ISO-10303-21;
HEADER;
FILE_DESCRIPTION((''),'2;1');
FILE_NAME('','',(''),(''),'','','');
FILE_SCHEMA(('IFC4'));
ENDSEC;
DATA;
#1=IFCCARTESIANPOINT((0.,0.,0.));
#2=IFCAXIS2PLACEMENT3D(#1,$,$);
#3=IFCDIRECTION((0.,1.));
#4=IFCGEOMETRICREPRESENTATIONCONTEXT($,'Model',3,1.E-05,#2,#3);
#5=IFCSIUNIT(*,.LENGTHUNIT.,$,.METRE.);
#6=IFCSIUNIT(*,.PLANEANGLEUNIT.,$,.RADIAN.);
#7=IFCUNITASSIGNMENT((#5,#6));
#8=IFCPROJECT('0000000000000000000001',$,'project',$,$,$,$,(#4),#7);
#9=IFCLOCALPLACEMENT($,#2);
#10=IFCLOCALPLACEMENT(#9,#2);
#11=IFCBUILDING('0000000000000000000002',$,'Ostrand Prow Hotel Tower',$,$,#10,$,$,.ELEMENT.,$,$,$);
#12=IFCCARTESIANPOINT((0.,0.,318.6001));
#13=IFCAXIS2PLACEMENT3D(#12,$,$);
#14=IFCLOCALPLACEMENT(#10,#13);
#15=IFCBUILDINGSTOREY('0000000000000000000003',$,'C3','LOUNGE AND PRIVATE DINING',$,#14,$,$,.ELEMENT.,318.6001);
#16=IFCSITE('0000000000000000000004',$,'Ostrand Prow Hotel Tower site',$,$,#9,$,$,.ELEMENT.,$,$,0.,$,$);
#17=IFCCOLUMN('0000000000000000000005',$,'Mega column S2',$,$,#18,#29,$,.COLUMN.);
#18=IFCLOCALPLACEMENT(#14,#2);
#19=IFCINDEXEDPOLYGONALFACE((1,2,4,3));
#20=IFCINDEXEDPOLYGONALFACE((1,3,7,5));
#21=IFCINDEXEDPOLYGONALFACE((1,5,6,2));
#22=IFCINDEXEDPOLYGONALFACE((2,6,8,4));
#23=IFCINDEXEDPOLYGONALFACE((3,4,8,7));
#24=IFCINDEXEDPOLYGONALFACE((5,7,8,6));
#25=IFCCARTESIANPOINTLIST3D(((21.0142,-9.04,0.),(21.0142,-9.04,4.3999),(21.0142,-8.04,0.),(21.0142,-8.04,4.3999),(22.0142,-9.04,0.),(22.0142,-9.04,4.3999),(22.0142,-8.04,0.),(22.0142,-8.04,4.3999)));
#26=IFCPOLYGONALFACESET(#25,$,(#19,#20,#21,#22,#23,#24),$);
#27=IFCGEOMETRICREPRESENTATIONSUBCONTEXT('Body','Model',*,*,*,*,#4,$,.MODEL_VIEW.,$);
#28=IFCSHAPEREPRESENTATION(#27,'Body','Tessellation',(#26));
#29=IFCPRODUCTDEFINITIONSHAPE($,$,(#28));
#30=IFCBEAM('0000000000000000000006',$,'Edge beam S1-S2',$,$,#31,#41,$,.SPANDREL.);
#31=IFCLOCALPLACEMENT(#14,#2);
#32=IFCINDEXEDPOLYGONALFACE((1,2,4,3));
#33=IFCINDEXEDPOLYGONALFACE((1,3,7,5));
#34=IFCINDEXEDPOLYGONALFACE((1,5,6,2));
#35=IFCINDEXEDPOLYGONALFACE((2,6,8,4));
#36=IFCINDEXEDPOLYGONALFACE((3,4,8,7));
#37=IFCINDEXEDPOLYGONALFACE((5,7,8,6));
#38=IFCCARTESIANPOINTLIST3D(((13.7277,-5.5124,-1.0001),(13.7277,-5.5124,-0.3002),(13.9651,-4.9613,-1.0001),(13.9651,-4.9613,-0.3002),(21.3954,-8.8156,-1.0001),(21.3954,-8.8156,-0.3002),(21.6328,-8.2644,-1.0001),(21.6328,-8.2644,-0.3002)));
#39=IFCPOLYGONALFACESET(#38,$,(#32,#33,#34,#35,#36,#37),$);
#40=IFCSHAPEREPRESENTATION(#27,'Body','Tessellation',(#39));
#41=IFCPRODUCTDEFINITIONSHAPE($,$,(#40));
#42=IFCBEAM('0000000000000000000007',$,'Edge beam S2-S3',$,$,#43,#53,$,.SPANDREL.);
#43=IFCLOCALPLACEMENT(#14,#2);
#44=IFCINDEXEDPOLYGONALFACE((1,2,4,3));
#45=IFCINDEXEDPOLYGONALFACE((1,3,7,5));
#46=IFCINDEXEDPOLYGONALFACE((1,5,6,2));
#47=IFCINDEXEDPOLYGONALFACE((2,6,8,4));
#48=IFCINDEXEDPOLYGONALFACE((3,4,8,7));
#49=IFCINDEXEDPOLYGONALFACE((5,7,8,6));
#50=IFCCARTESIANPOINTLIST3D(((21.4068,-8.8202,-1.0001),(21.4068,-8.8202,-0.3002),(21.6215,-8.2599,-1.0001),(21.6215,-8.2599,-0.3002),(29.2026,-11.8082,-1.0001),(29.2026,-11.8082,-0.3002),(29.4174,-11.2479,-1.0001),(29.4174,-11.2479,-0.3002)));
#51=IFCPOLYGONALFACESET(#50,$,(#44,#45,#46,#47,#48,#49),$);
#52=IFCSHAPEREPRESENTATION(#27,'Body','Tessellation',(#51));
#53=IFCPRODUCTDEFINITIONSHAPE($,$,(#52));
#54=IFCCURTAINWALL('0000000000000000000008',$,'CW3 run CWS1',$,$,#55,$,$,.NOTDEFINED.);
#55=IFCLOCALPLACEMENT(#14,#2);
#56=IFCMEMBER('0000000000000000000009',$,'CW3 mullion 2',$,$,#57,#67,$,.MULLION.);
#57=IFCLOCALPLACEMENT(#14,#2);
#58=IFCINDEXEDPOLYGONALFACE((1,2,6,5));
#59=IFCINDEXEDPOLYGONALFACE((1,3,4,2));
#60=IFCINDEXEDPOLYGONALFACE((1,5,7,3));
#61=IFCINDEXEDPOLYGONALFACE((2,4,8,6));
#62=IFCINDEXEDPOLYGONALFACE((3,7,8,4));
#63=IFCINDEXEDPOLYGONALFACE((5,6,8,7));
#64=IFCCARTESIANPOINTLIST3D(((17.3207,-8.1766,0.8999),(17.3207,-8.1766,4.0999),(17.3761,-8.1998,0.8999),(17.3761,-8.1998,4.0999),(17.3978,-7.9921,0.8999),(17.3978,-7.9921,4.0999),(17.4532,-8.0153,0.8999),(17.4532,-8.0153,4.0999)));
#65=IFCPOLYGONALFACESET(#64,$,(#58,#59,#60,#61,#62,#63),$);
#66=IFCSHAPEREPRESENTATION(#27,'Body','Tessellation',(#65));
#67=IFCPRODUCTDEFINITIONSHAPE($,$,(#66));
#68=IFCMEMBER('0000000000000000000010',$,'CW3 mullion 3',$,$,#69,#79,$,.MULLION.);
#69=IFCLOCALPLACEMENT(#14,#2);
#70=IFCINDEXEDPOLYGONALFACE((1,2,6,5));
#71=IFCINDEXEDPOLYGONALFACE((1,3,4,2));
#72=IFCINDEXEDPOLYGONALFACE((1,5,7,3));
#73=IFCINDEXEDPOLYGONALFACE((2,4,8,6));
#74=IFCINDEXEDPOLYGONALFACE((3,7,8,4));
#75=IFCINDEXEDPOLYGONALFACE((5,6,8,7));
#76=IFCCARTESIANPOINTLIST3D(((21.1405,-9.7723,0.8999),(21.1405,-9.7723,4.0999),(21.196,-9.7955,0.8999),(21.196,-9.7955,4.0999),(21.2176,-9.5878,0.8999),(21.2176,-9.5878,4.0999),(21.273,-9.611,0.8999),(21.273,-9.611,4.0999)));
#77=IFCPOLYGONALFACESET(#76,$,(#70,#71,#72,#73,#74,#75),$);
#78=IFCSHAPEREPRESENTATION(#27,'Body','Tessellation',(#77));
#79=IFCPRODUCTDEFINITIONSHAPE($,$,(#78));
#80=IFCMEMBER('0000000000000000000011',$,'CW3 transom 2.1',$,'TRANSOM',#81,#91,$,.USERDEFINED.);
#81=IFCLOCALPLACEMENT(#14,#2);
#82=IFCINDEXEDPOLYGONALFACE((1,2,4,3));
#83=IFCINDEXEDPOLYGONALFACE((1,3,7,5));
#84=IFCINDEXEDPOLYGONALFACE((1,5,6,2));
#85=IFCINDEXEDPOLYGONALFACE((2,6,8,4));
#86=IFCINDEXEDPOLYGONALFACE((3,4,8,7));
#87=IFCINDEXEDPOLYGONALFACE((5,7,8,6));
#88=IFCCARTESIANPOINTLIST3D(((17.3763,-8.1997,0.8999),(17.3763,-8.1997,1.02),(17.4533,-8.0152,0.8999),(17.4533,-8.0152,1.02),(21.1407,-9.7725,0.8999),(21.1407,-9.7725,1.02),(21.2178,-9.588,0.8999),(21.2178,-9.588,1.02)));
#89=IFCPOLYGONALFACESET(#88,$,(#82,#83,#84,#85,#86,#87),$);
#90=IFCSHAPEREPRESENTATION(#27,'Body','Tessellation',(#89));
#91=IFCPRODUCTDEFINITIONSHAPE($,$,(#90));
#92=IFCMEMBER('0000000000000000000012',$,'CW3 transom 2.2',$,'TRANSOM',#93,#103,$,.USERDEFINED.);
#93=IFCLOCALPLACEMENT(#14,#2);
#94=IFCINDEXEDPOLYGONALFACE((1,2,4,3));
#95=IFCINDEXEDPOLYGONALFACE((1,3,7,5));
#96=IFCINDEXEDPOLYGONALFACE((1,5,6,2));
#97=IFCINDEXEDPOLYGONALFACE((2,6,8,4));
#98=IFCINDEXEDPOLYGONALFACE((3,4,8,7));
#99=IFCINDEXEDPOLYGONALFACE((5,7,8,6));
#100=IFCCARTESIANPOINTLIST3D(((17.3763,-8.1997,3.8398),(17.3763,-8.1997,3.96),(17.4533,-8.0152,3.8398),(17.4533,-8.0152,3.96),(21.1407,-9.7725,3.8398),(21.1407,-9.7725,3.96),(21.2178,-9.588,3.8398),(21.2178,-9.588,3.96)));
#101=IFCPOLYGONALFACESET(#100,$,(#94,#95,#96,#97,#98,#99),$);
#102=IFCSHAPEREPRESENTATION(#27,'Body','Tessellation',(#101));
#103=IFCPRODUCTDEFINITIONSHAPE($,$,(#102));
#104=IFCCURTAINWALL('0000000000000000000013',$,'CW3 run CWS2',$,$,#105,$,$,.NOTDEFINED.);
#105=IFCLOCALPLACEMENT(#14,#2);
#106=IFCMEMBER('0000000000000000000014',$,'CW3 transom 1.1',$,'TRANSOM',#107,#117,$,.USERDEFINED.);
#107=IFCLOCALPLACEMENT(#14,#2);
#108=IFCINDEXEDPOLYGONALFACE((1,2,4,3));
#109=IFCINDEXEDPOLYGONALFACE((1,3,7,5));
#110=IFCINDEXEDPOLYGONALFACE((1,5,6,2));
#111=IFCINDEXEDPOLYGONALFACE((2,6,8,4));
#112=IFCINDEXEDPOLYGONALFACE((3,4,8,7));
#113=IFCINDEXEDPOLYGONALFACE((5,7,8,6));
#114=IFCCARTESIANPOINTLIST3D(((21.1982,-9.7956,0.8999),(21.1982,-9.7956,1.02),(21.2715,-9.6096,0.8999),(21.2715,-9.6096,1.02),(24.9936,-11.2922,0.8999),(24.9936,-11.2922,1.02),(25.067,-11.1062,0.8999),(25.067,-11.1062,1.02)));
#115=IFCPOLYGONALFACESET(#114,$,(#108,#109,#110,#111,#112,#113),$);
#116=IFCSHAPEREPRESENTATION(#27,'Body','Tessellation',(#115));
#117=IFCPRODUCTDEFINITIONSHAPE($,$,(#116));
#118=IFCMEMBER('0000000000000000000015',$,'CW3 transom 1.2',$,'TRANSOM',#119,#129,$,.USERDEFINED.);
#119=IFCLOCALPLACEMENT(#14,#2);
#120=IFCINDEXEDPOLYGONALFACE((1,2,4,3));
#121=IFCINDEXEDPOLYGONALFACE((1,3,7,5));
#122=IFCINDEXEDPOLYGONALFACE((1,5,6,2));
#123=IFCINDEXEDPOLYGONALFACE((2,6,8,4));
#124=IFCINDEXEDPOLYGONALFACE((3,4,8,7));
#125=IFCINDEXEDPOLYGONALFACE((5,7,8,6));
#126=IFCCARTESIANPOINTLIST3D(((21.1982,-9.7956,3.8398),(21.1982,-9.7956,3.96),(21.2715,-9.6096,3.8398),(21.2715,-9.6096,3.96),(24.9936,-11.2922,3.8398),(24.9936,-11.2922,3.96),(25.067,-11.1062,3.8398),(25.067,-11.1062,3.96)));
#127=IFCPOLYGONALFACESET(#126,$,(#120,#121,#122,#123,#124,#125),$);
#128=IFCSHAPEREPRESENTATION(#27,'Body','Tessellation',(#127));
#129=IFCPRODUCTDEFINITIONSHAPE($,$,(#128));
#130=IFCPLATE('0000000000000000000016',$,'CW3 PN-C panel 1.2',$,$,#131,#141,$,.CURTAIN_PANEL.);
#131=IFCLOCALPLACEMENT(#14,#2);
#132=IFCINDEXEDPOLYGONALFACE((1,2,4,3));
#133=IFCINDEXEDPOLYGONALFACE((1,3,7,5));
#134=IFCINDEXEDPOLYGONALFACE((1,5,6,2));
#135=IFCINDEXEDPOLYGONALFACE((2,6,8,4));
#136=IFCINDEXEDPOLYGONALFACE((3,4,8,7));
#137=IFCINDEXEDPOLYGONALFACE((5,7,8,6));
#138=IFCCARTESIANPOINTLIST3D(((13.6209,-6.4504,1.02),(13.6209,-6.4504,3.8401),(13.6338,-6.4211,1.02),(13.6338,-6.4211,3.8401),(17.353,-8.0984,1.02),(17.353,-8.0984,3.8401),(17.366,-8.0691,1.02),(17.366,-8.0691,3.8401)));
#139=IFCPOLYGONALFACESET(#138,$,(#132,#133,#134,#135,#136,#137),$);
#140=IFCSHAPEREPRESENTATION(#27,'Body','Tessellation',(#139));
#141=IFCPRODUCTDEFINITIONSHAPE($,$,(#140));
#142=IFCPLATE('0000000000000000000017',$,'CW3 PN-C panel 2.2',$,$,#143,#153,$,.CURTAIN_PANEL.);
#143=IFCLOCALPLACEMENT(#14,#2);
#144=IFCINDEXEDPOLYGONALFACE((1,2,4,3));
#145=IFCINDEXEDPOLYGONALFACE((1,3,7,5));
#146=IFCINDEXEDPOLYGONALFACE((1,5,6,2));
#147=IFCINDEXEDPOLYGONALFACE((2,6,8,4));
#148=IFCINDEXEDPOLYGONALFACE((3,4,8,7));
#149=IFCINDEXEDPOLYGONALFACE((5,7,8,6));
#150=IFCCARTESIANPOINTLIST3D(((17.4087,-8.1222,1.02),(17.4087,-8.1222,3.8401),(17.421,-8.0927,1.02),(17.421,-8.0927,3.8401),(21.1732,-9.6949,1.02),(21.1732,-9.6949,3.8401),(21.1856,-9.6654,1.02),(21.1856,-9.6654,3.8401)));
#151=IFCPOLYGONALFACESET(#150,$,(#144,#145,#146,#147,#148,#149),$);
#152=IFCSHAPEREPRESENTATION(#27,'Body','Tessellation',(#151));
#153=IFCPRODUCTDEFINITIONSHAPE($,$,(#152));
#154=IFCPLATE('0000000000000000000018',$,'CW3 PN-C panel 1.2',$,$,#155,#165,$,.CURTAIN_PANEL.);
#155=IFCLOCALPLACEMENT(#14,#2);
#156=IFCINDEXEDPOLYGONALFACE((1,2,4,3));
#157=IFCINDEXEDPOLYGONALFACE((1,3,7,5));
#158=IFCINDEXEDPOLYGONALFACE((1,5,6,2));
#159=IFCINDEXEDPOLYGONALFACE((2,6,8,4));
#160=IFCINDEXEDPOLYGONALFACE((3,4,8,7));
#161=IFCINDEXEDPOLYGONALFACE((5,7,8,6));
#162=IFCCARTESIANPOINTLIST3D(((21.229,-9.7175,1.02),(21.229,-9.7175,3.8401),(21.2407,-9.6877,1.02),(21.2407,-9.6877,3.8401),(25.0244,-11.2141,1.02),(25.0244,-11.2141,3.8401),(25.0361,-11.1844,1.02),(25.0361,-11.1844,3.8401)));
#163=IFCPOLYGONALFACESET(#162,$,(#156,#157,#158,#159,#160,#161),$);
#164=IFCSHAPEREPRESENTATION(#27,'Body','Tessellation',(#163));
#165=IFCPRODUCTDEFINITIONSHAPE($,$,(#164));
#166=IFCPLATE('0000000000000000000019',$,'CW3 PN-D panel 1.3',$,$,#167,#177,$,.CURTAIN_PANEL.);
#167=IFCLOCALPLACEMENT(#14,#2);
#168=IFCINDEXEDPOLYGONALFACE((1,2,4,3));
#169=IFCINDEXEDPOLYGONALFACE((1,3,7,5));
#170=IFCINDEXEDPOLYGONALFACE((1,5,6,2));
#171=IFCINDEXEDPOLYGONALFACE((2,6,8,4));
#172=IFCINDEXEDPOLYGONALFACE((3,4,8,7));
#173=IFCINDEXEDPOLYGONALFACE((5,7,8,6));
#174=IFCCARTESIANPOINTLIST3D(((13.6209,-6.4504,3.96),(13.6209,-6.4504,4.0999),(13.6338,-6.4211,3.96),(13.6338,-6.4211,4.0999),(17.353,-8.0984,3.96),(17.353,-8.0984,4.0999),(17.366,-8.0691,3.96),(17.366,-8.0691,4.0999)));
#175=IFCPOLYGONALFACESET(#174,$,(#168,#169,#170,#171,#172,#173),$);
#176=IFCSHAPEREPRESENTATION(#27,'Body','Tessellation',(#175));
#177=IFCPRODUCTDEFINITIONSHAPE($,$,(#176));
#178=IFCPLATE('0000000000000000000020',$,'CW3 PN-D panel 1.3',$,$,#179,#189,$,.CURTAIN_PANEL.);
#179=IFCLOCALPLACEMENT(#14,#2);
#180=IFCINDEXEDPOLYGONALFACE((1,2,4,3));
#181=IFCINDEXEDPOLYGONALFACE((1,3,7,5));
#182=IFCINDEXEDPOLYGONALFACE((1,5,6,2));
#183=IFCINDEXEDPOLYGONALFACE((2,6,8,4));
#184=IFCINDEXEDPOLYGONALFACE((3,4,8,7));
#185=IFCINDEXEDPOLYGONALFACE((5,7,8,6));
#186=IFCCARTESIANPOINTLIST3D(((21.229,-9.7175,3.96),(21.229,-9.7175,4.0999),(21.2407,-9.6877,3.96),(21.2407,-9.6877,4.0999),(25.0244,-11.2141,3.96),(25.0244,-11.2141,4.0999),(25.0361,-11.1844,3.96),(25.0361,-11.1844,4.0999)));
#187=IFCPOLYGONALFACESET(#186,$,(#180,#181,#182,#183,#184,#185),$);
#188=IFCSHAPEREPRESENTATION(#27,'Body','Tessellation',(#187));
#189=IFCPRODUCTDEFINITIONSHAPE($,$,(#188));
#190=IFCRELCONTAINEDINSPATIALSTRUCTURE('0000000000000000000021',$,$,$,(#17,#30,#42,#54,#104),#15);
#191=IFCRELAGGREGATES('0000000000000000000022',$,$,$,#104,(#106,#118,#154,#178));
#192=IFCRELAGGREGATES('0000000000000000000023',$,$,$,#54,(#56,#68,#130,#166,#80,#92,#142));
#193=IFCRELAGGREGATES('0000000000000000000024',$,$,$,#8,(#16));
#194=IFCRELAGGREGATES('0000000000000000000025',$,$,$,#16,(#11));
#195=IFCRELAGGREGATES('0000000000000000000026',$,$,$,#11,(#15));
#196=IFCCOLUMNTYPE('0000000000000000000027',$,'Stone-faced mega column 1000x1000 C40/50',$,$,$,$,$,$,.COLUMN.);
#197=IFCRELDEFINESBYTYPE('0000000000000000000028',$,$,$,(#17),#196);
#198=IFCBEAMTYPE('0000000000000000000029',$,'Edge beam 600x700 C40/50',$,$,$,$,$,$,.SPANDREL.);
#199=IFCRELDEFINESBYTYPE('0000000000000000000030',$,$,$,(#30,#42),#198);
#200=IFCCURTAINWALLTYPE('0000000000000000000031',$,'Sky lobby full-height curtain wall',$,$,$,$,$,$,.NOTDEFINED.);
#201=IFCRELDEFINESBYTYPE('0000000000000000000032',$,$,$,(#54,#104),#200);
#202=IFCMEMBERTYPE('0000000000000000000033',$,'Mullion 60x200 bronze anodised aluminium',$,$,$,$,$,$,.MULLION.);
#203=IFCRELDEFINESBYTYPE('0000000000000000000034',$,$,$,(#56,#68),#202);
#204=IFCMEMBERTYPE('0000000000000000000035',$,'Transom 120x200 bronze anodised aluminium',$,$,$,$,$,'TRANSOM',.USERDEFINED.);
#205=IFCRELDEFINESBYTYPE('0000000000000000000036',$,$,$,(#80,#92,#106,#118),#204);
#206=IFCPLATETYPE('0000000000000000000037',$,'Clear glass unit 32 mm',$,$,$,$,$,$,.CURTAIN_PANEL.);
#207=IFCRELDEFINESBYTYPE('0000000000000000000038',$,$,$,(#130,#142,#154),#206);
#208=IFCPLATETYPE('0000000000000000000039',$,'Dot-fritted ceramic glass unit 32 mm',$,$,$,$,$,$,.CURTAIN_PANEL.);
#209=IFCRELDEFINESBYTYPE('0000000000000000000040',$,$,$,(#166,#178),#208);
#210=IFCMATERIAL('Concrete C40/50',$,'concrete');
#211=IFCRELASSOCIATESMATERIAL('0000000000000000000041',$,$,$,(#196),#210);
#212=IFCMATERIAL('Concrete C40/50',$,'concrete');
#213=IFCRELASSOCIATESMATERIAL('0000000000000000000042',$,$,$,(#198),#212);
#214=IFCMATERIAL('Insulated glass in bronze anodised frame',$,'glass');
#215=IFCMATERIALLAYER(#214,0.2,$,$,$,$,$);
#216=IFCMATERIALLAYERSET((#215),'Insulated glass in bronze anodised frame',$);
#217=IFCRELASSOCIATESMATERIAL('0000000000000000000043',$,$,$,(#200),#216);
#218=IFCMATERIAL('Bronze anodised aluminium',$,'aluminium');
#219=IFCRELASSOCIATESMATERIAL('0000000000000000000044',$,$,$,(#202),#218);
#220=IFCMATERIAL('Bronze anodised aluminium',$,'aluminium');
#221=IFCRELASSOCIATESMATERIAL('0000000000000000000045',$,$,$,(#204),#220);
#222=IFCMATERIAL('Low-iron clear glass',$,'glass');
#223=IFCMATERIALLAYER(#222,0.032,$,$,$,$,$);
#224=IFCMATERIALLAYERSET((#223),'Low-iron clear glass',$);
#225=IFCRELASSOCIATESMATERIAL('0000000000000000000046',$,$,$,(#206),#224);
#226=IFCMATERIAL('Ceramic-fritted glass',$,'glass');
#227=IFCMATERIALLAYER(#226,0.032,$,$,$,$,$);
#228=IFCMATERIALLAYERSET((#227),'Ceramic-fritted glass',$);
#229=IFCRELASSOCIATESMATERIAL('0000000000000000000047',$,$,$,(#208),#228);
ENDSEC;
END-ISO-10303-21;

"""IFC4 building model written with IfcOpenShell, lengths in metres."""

from ifc_helpers import new_model, si_unit, direction, frame, origin, origin_2d, place, context, subcontext, project, spatial, rectangle, extrude, material, layer, layer_set, material_profile, profile_set, type_object, element, aggregate, save


model = new_model("IFC4")

# Units and contexts
model_context = context("Model", 3, precision=1e-05, world=origin(), true_north=direction((0.0, 1.0)))
body_context = subcontext(model_context, "Body", "Model", "MODEL_VIEW")
ifc_project = project(units=[si_unit("LENGTHUNIT", "METRE"), si_unit("PLANEANGLEUNIT", "RADIAN")], contexts=[model_context])

# Site, building, storey
site_placement = place(None, origin())
site = spatial("IfcSite", under=ifc_project, at=site_placement, Name="Ostrand Prow Hotel Tower site", CompositionType="ELEMENT", RefElevation=0.0)
building_placement = place(site_placement, origin())
building = spatial("IfcBuilding", under=site, at=building_placement, Name="Ostrand Prow Hotel Tower", CompositionType="ELEMENT")
storey_placement = place(building_placement, frame((0.0, 0.0, 318.6001)))
storey = spatial("IfcBuildingStorey", under=building, at=storey_placement, Name="C3", Description="LOUNGE AND PRIVATE DINING", CompositionType="ELEMENT", Elevation=318.6001)

# Column
ifc_material_1 = material(Name="Concrete C40/50", Category="concrete")
ifc_material_profile_1 = material_profile(ifc_material_1, rectangle(XDim=1.0, YDim=1.0, at=origin_2d()), Name="RC 1000x1000")
ifc_profile_set_1 = profile_set([ifc_material_profile_1], Name="Concrete C40/50")
column_type = type_object("IfcColumnType", Name="Stone-faced mega column 1000x1000 C40/50", PredefinedType="COLUMN", material=ifc_profile_set_1)
column_placement = place(storey_placement, frame((21.5142, -8.54, 0.0), z_axis=(0.0, 0.0, 1.0), x_axis=(1.0, 0.0, 0.0)))
element("IfcColumn", 1, at=column_placement, inside=storey, type_object=column_type, Name="Mega column S2", PredefinedType="COLUMN", context=body_context, shape_type="SweptSolid", body=[
    extrude(rectangle(XDim=1.0, YDim=1.0, at=origin_2d()), origin(), (0.0, 0.0, 1.0), 4.3999),
])

# Beams
ifc_material_2 = material(Name="Concrete C40/50", Category="concrete")
ifc_material_profile_2 = material_profile(ifc_material_2, rectangle(XDim=0.6001, YDim=0.7, at=origin_2d()), Name="RC 600x700")
ifc_profile_set_2 = profile_set([ifc_material_profile_2], Name="Concrete C40/50")
beam_type = type_object("IfcBeamType", Name="Edge beam 600x700 C40/50", PredefinedType="SPANDREL", material=ifc_profile_set_2)
for number, where, z_axis, x_axis, name in (
    (2, (13.8464, -5.2368, -0.6501), (0.918404, -0.395644, 0.0), (0.395644, 0.918404, 0.0), "Edge beam S1-S2"),
    (3, (21.5142, -8.54, -0.6501), (0.933762, -0.357895, 0.0), (0.357895, 0.933762, 0.0), "Edge beam S2-S3"),
):
    element("IfcBeam", number, at=place(storey_placement, frame(where, z_axis=z_axis, x_axis=x_axis)), inside=storey, type_object=beam_type, Name=name, PredefinedType="SPANDREL", context=body_context, shape_type="SweptSolid", body=[
        extrude(rectangle(XDim=0.6001, YDim=0.7, at=origin_2d()), origin(), (0.0, 0.0, 1.0), 8.3489),
    ])

# Curtain walls, members
ifc_material_3 = material(Name="Insulated glass in bronze anodised frame", Category="glass")
ifc_layer_1 = layer(ifc_material_3, 0.2)
ifc_layer_set_1 = layer_set([ifc_layer_1], Name="Insulated glass in bronze anodised frame")
curtain_wall_type = type_object("IfcCurtainWallType", Name="Sky lobby full-height curtain wall", PredefinedType="NOTDEFINED", material=ifc_layer_set_1)
curtain_wall_1_placement = place(storey_placement, origin())
curtain_wall_1 = element("IfcCurtainWall", 4, at=curtain_wall_1_placement, inside=storey, type_object=curtain_wall_type, Name="CW3 run CWS1", PredefinedType="NOTDEFINED")
ifc_material_4 = material(Name="Bronze anodised aluminium", Category="aluminium")
ifc_material_profile_3 = material_profile(ifc_material_4, rectangle(XDim=0.2, YDim=0.0601, at=origin_2d()), Name="Mullion 60x200 bronze anodised aluminium")
ifc_profile_set_3 = profile_set([ifc_material_profile_3], Name="Bronze anodised aluminium")
member_type_1 = type_object("IfcMemberType", Name="Mullion 60x200 bronze anodised aluminium", PredefinedType="MULLION", material=ifc_profile_set_3)
member_1_placement = place(storey_placement, frame((17.387, -8.0959, 0.8999), z_axis=(0.0, 0.0, 1.0), x_axis=(0.385471, 0.92272, 0.0)))
member_1 = element("IfcMember", 5, at=member_1_placement, type_object=member_type_1, Name="CW3 mullion 2", PredefinedType="MULLION", context=body_context, shape_type="SweptSolid", body=[
    extrude(rectangle(XDim=0.2, YDim=0.0601, at=origin_2d()), origin(), (0.0, 0.0, 1.0), 3.2),
])
member_2_placement = place(storey_placement, frame((21.2068, -9.6917, 0.8999), z_axis=(0.0, 0.0, 1.0), x_axis=(0.385471, 0.92272, 0.0)))
member_2 = element("IfcMember", 6, at=member_2_placement, type_object=member_type_1, Name="CW3 mullion 3", PredefinedType="MULLION", context=body_context, shape_type="SweptSolid", body=[
    extrude(rectangle(XDim=0.2, YDim=0.0601, at=origin_2d()), origin(), (0.0, 0.0, 1.0), 3.2),
])
ifc_material_5 = material(Name="Bronze anodised aluminium", Category="aluminium")
ifc_material_profile_4 = material_profile(ifc_material_5, rectangle(XDim=0.2, YDim=0.1201, at=origin_2d()), Name="Transom 120x200 bronze anodised aluminium")
ifc_profile_set_4 = profile_set([ifc_material_profile_4], Name="Bronze anodised aluminium")
member_type_2 = type_object("IfcMemberType", Name="Transom 120x200 bronze anodised aluminium", ElementType="TRANSOM", PredefinedType="USERDEFINED", material=ifc_profile_set_4)
member_3_placement = place(storey_placement, frame((17.4148, -8.1074, 0.96), z_axis=(0.922706, -0.385503, 0.0), x_axis=(0.385503, 0.922706, 0.0)))
member_3 = element("IfcMember", 7, at=member_3_placement, type_object=member_type_2, Name="CW3 transom 2.1", ObjectType="TRANSOM", PredefinedType="USERDEFINED", context=body_context, shape_type="SweptSolid", body=[
    extrude(rectangle(XDim=0.2, YDim=0.1201, at=origin_2d()), origin(), (0.0, 0.0, 1.0), 4.0798),
])
member_4_placement = place(storey_placement, frame((17.4148, -8.1074, 3.8999), z_axis=(0.922706, -0.385503, 0.0), x_axis=(0.385503, 0.922706, 0.0)))
member_4 = element("IfcMember", 8, at=member_4_placement, type_object=member_type_2, Name="CW3 transom 2.2", ObjectType="TRANSOM", PredefinedType="USERDEFINED", context=body_context, shape_type="SweptSolid", body=[
    extrude(rectangle(XDim=0.2, YDim=0.1201, at=origin_2d()), origin(), (0.0, 0.0, 1.0), 4.0798),
])
curtain_wall_2_placement = place(storey_placement, origin())
curtain_wall_2 = element("IfcCurtainWall", 9, at=curtain_wall_2_placement, inside=storey, type_object=curtain_wall_type, Name="CW3 run CWS2", PredefinedType="NOTDEFINED")
member_5_placement = place(storey_placement, frame((21.2349, -9.7026, 0.96), z_axis=(0.93029, -0.366826, 0.0), x_axis=(0.366826, 0.93029, 0.0)))
member_5 = element("IfcMember", 10, at=member_5_placement, type_object=member_type_2, Name="CW3 transom 1.1", ObjectType="TRANSOM", PredefinedType="USERDEFINED", context=body_context, shape_type="SweptSolid", body=[
    extrude(rectangle(XDim=0.2, YDim=0.1201, at=origin_2d()), origin(), (0.0, 0.0, 1.0), 4.0798),
])
member_6_placement = place(storey_placement, frame((21.2349, -9.7026, 3.8999), z_axis=(0.93029, -0.366826, 0.0), x_axis=(0.366826, 0.93029, 0.0)))
member_6 = element("IfcMember", 11, at=member_6_placement, type_object=member_type_2, Name="CW3 transom 1.2", ObjectType="TRANSOM", PredefinedType="USERDEFINED", context=body_context, shape_type="SweptSolid", body=[
    extrude(rectangle(XDim=0.2, YDim=0.1201, at=origin_2d()), origin(), (0.0, 0.0, 1.0), 4.0798),
])

# Plates
ifc_material_6 = material(Name="Low-iron clear glass", Category="glass")
ifc_layer_2 = layer(ifc_material_6, 0.032)
ifc_layer_set_2 = layer_set([ifc_layer_2], Name="Low-iron clear glass")
plate_type_1 = type_object("IfcPlateType", Name="Clear glass unit 32 mm", PredefinedType="CURTAIN_PANEL", material=ifc_layer_set_2)
plate_1_placement = place(storey_placement, frame((15.4934, -7.2598, 1.02), z_axis=(0.0, 0.0, 1.0), x_axis=(0.914786, -0.40394, 0.0)))
plate_1 = element("IfcPlate", 12, at=plate_1_placement, type_object=plate_type_1, Name="CW3 PN-C panel 1.2", PredefinedType="CURTAIN_PANEL", context=body_context, shape_type="SweptSolid", body=[
    extrude(rectangle(XDim=4.0798, YDim=0.032, at=origin_2d()), origin(), (0.0, 0.0, 1.0), 2.8201),
])
plate_2_placement = place(storey_placement, frame((19.2971, -8.8938, 1.02), z_axis=(0.0, 0.0, 1.0), x_axis=(0.92272, -0.385471, 0.0)))
plate_2 = element("IfcPlate", 13, at=plate_2_placement, type_object=plate_type_1, Name="CW3 PN-C panel 2.2", PredefinedType="CURTAIN_PANEL", context=body_context, shape_type="SweptSolid", body=[
    extrude(rectangle(XDim=4.0798, YDim=0.032, at=origin_2d()), origin(), (0.0, 0.0, 1.0), 2.8201),
])
plate_3_placement = place(storey_placement, frame((23.1326, -10.4509, 1.02), z_axis=(0.0, 0.0, 1.0), x_axis=(0.930282, -0.366845, 0.0)))
plate_3 = element("IfcPlate", 14, at=plate_3_placement, type_object=plate_type_1, Name="CW3 PN-C panel 1.2", PredefinedType="CURTAIN_PANEL", context=body_context, shape_type="SweptSolid", body=[
    extrude(rectangle(XDim=4.0798, YDim=0.032, at=origin_2d()), origin(), (0.0, 0.0, 1.0), 2.8201),
])
ifc_material_7 = material(Name="Ceramic-fritted glass", Category="glass")
ifc_layer_3 = layer(ifc_material_7, 0.032)
ifc_layer_set_3 = layer_set([ifc_layer_3], Name="Ceramic-fritted glass")
plate_type_2 = type_object("IfcPlateType", Name="Dot-fritted ceramic glass unit 32 mm", PredefinedType="CURTAIN_PANEL", material=ifc_layer_set_3)
plate_4_placement = place(storey_placement, frame((15.4934, -7.2598, 3.96), z_axis=(0.0, 0.0, 1.0), x_axis=(0.914786, -0.40394, 0.0)))
plate_4 = element("IfcPlate", 15, at=plate_4_placement, type_object=plate_type_2, Name="CW3 PN-D panel 1.3", PredefinedType="CURTAIN_PANEL", context=body_context, shape_type="SweptSolid", body=[
    extrude(rectangle(XDim=4.0798, YDim=0.032, at=origin_2d()), origin(), (0.0, 0.0, 1.0), 0.1399),
])
plate_5_placement = place(storey_placement, frame((23.1326, -10.4509, 3.96), z_axis=(0.0, 0.0, 1.0), x_axis=(0.930282, -0.366845, 0.0)))
plate_5 = element("IfcPlate", 16, at=plate_5_placement, type_object=plate_type_2, Name="CW3 PN-D panel 1.3", PredefinedType="CURTAIN_PANEL", context=body_context, shape_type="SweptSolid", body=[
    extrude(rectangle(XDim=4.0798, YDim=0.032, at=origin_2d()), origin(), (0.0, 0.0, 1.0), 0.1399),
])
aggregate(curtain_wall_2, [member_5, member_6, plate_3, plate_5])
aggregate(curtain_wall_1, [member_1, member_2, plate_1, plate_4, member_3, member_4, plate_2])

save(model, "model.ifc")
